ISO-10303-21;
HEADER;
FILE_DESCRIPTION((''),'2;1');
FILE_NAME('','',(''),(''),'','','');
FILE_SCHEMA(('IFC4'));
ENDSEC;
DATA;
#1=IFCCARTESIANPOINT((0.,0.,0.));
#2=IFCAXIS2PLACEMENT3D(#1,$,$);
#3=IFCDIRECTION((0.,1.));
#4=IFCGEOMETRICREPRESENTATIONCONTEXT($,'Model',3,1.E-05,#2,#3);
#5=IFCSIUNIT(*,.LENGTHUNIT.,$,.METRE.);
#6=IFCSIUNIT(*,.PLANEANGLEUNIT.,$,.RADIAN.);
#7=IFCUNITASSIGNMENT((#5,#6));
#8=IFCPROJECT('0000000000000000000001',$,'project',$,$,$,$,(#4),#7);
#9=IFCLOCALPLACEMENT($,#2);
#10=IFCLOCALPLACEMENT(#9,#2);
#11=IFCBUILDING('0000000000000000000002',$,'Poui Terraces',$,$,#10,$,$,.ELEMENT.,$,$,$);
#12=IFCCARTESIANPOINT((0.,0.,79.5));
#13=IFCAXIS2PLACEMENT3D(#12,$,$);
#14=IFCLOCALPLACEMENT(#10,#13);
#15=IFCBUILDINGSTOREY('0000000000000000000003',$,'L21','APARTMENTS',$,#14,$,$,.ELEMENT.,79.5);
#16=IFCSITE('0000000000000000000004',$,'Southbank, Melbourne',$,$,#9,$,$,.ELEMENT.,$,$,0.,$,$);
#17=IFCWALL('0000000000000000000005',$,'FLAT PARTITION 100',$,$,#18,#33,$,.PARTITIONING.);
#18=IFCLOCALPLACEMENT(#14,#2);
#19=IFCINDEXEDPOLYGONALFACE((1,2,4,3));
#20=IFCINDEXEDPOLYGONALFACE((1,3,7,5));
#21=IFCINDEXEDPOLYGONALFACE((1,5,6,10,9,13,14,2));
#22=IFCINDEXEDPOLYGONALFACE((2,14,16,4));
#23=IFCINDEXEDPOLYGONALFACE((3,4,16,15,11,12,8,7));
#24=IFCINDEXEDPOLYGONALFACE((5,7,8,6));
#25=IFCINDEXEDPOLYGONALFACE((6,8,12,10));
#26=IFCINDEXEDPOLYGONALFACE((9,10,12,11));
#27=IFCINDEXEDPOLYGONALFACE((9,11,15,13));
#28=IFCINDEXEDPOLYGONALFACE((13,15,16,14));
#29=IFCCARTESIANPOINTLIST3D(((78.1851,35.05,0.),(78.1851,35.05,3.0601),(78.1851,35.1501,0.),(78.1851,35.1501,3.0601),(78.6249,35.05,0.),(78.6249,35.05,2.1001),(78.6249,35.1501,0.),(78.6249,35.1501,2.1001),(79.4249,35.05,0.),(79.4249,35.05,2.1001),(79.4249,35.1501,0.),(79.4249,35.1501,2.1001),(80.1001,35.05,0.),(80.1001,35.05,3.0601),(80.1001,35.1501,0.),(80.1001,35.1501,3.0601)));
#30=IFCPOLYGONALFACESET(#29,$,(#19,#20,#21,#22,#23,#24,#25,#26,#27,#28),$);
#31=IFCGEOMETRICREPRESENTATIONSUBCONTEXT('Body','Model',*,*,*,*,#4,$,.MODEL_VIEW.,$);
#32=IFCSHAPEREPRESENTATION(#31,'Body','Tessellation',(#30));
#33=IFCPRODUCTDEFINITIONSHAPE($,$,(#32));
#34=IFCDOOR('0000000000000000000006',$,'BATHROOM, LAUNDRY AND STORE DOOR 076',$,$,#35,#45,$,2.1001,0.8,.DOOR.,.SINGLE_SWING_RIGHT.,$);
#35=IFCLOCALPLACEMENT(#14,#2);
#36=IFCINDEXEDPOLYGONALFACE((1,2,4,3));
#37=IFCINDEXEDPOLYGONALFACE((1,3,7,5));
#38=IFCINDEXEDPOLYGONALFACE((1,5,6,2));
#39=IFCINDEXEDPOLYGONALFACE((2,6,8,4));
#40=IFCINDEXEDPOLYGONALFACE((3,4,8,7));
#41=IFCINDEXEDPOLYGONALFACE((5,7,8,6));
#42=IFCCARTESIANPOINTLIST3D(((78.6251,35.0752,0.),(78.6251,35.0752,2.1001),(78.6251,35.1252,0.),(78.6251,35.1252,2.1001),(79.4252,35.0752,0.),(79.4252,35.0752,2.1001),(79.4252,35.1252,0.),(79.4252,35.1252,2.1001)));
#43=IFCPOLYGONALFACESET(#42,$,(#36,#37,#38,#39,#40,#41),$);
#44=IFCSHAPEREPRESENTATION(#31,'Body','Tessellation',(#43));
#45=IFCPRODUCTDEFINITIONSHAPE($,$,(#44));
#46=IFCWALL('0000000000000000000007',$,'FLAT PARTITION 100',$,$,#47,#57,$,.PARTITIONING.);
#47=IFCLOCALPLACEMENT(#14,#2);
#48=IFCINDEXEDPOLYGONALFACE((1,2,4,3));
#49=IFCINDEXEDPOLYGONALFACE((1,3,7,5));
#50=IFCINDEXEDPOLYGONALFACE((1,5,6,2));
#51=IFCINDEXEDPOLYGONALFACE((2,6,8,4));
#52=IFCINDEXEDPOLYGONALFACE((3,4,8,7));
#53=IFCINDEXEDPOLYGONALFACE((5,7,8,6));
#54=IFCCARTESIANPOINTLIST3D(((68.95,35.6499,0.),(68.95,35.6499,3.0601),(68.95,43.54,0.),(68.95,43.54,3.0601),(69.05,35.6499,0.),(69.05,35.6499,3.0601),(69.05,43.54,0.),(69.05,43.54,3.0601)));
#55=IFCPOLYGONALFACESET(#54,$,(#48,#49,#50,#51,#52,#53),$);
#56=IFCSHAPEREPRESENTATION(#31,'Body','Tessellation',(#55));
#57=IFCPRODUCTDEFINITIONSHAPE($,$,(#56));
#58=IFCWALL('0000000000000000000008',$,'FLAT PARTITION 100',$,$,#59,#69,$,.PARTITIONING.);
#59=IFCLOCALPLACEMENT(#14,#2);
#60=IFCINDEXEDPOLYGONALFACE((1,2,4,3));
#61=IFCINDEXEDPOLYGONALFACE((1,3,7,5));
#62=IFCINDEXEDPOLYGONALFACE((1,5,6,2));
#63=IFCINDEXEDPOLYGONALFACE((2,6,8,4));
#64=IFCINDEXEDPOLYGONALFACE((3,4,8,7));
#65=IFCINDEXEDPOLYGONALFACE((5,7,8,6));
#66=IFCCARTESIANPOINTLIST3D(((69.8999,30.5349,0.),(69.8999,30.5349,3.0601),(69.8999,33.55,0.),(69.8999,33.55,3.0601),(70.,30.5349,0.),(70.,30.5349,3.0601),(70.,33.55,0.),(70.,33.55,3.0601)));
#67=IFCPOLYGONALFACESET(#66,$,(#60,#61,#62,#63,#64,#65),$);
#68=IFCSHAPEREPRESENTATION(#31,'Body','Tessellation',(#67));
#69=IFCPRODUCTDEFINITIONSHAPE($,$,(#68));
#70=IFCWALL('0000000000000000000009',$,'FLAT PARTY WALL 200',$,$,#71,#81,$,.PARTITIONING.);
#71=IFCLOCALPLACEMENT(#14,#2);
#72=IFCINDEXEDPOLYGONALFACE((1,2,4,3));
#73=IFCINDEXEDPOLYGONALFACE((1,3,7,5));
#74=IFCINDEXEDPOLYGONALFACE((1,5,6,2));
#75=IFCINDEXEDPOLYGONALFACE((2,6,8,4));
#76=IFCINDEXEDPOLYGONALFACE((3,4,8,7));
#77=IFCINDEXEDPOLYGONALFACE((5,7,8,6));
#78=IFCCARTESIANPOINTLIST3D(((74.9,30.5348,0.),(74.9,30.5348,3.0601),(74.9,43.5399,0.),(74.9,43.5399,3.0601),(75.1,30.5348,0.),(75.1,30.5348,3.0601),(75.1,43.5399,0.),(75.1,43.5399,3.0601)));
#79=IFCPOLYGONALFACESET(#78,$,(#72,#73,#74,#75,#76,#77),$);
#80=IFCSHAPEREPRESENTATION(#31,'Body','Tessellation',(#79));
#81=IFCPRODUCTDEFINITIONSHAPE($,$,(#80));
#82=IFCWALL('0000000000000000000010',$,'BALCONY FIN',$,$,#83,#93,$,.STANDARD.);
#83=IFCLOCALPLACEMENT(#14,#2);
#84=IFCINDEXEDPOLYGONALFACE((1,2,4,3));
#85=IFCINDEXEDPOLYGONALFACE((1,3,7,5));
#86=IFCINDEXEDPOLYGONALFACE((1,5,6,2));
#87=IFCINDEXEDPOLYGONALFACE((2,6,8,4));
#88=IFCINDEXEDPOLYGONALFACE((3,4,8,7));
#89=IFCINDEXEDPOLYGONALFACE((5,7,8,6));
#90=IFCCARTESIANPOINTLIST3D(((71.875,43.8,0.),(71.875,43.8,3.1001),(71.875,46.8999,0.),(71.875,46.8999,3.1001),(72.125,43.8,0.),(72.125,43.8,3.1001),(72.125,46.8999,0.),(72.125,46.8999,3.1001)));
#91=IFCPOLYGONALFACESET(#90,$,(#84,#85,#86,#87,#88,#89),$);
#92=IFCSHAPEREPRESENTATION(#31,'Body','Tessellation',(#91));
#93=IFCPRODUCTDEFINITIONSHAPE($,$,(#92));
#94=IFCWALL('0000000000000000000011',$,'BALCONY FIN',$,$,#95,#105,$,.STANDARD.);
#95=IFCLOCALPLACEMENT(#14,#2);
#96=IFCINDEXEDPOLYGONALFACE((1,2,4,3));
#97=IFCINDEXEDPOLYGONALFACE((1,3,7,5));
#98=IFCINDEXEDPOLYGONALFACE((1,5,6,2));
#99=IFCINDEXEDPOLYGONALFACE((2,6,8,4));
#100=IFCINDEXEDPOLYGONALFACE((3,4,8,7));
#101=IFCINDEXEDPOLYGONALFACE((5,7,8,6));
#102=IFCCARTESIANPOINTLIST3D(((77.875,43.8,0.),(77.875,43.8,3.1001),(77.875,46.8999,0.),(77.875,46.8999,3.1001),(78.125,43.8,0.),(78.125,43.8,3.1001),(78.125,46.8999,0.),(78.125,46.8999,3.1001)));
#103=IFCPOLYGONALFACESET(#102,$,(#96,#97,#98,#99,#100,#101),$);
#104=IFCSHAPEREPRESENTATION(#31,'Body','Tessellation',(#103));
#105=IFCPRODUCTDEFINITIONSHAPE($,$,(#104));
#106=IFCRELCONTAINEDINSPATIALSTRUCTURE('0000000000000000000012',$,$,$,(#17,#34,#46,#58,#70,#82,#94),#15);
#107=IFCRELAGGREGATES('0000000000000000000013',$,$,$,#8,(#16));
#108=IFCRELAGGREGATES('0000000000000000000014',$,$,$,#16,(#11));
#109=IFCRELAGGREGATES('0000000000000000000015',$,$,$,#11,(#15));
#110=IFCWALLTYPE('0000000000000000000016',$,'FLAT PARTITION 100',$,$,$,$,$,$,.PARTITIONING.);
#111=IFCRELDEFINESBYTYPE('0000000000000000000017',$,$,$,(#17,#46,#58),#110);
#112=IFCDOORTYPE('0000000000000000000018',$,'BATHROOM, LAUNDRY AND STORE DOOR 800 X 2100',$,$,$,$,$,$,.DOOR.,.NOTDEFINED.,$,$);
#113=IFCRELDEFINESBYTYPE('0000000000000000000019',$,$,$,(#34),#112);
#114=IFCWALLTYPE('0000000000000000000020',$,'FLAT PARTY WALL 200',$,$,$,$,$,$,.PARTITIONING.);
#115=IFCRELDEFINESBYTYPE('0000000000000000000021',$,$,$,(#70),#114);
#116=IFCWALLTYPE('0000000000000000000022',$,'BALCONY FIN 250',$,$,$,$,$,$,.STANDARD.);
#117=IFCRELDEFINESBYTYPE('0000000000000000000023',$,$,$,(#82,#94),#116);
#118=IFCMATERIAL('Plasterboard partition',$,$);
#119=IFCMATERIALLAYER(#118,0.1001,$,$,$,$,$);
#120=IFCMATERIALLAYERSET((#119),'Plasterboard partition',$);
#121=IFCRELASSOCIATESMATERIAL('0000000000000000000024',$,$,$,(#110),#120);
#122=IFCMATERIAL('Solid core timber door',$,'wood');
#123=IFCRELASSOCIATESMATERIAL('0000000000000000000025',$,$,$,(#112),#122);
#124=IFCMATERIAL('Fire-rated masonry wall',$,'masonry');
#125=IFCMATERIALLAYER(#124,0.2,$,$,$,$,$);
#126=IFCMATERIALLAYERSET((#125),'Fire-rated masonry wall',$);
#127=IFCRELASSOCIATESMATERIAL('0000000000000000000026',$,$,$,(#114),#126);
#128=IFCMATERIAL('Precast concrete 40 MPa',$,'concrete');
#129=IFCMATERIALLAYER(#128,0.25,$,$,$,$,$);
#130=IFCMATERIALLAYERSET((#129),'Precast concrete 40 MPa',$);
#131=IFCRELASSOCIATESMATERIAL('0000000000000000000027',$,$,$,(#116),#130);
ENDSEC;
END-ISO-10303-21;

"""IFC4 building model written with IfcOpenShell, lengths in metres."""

from ifc_helpers import new_model, si_unit, direction, frame, frame_2d, origin, place, context, subcontext, project, spatial, polyline, rectangle, outline, extrude, source, transform, mapped, material, layer, layer_set, type_object, element, fill, save


model = new_model("IFC4")

# Units and contexts
model_context = context("Model", 3, precision=1e-05, world=origin(), true_north=direction((0.0, 1.0)))
body_context = subcontext(model_context, "Body", "Model", "MODEL_VIEW")
ifc_project = project(units=[si_unit("LENGTHUNIT", "METRE"), si_unit("PLANEANGLEUNIT", "RADIAN")], contexts=[model_context])

# Site, building, storey
site_placement = place(None, origin())
site = spatial("IfcSite", under=ifc_project, at=site_placement, Name="Southbank, Melbourne", CompositionType="ELEMENT", RefElevation=0.0)
building_placement = place(site_placement, origin())
building = spatial("IfcBuilding", under=site, at=building_placement, Name="Poui Terraces", CompositionType="ELEMENT")
storey_placement = place(building_placement, frame((0.0, 0.0, 79.5)))
storey = spatial("IfcBuildingStorey", under=building, at=storey_placement, Name="L21", Description="APARTMENTS", CompositionType="ELEMENT", Elevation=79.5)

# Wall, opening, door
ifc_material_1 = material(Name="Solid core timber door", Category="wood")
ifc_material_2 = material(Name="Plasterboard partition")
ifc_layer_1 = layer(ifc_material_2, 0.1001)
ifc_layer_set_1 = layer_set([ifc_layer_1], Name="Plasterboard partition")
wall_type_1 = type_object("IfcWallType", Name="FLAT PARTITION 100", PredefinedType="PARTITIONING", material=ifc_layer_set_1)
door_type_1 = type_object("IfcDoorType", Name="BATHROOM, LAUNDRY AND STORE DOOR 800 X 2100", OperationType="NOTDEFINED", PredefinedType="DOOR", material=ifc_material_1)
wall_1_placement = place(storey_placement, frame((78.1851, 35.1001, 0.0), z_axis=(0.0, 0.0, 1.0), x_axis=(1.0, 0.0, 0.0)))
wall_1 = element("IfcWall", 1, at=wall_1_placement, inside=storey, type_object=wall_type_1, Name="FLAT PARTITION 100", PredefinedType="PARTITIONING", context=body_context, shape_type="SweptSolid", body=[
    extrude(rectangle(XDim=1.915, YDim=0.1001, at=frame_2d((0.9575, 0.0))), origin(), (0.0, 0.0, 1.0), 3.0601),
])
opening_1_placement = place(wall_1_placement, frame((0.4399, 0.0, 0.0)))
opening_1 = element("IfcOpeningElement", 2, at=opening_1_placement, cuts=wall_1, PredefinedType="OPENING", context=body_context, shape_type="SweptSolid", body=[
    extrude(rectangle(XDim=0.8, YDim=2.1001, at=frame_2d((0.3999, 1.05))), frame((0.0, 0.0601, 0.0), z_axis=(0.0, -1.0, 0.0), x_axis=(1.0, 0.0, 0.0)), (0.0, 0.0, 1.0), 0.1201),
])
door_1_placement = place(opening_1_placement, frame((0.8, 0.0, 0.0), z_axis=(0.0, 0.0, 1.0), x_axis=(-1.0, 0.0, 0.0)))
door_1 = element("IfcDoor", 3, at=door_1_placement, inside=storey, type_object=door_type_1, Name="BATHROOM, LAUNDRY AND STORE DOOR 076", OperationType="SINGLE_SWING_RIGHT", OverallHeight=2.1001, OverallWidth=0.8, PredefinedType="DOOR", context=body_context, shape_type="SweptSolid", body=[
    extrude(rectangle(XDim=0.8, YDim=2.1001, at=frame_2d((0.3999, 1.05))), frame((0.0, 0.0249, 0.0), z_axis=(0.0, -1.0, 0.0), x_axis=(1.0, 0.0, 0.0)), (0.0, 0.0, 1.0), 0.05),
])
fill(opening_1, door_1)

# Walls
wall_2_placement = place(storey_placement, frame((69.0, 35.6499, 0.0), z_axis=(0.0, 0.0, 1.0), x_axis=(0.0, 1.0, 0.0)))
element("IfcWall", 4, at=wall_2_placement, inside=storey, type_object=wall_type_1, Name="FLAT PARTITION 100", PredefinedType="PARTITIONING", context=body_context, shape_type="SweptSolid", body=[
    extrude(rectangle(XDim=7.8901, YDim=0.1001, at=frame_2d((3.9451, 0.0))), origin(), (0.0, 0.0, 1.0), 3.0601),
])
wall_3_placement = place(storey_placement, frame((69.95, 30.5349, 0.0), z_axis=(0.0, 0.0, 1.0), x_axis=(0.0, 1.0, 0.0)))
element("IfcWall", 5, at=wall_3_placement, inside=storey, type_object=wall_type_1, Name="FLAT PARTITION 100", PredefinedType="PARTITIONING", context=body_context, shape_type="SweptSolid", body=[
    extrude(rectangle(XDim=3.0151, YDim=0.1001, at=frame_2d((1.5076, 0.0))), origin(), (0.0, 0.0, 1.0), 3.0601),
])
ifc_material_3 = material(Name="Fire-rated masonry wall", Category="masonry")
ifc_layer_2 = layer(ifc_material_3, 0.2)
ifc_layer_set_2 = layer_set([ifc_layer_2], Name="Fire-rated masonry wall")
wall_type_2 = type_object("IfcWallType", Name="FLAT PARTY WALL 200", PredefinedType="PARTITIONING", material=ifc_layer_set_2)
wall_4_placement = place(storey_placement, frame((75.0, 30.5349, 0.0), z_axis=(0.0, 0.0, 1.0), x_axis=(0.0, 1.0, 0.0)))
element("IfcWall", 6, at=wall_4_placement, inside=storey, type_object=wall_type_2, Name="FLAT PARTY WALL 200", PredefinedType="PARTITIONING", context=body_context, shape_type="SweptSolid", body=[
    extrude(rectangle(XDim=13.0051, YDim=0.2, at=frame_2d((6.5024, 0.0))), origin(), (0.0, 0.0, 1.0), 3.0601),
])
ifc_material_4 = material(Name="Precast concrete 40 MPa", Category="concrete")
ifc_layer_3 = layer(ifc_material_4, 0.25)
ifc_layer_set_3 = layer_set([ifc_layer_3], Name="Precast concrete 40 MPa")
wall_type_3 = type_object("IfcWallType", Name="BALCONY FIN 250", PredefinedType="STANDARD", material=ifc_layer_set_3)
shared_shape_1 = source(origin(), body_context, "Body", "SweptSolid", [
    extrude(outline(polyline([(0.0, 0.0), (0.25, 0.0), (0.25, 3.0999), (0.0, 3.0999), (0.0, 0.0)])), origin(), (0.0, 0.0, 1.0), 3.1001),
])
for number, where, name in (
    (7, (71.875, 43.8, 0.0), "BALCONY FIN"),
    (8, (77.875, 43.8, 0.0), "BALCONY FIN"),
):
    element("IfcWall", number, at=place(storey_placement, frame(where)), inside=storey, type_object=wall_type_3, Name=name, PredefinedType="STANDARD", context=body_context, shape_type="MappedRepresentation", body=[
        mapped(shared_shape_1, transform((0.0, 0.0, 0.0))),
    ])

save(model, "model.ifc")
